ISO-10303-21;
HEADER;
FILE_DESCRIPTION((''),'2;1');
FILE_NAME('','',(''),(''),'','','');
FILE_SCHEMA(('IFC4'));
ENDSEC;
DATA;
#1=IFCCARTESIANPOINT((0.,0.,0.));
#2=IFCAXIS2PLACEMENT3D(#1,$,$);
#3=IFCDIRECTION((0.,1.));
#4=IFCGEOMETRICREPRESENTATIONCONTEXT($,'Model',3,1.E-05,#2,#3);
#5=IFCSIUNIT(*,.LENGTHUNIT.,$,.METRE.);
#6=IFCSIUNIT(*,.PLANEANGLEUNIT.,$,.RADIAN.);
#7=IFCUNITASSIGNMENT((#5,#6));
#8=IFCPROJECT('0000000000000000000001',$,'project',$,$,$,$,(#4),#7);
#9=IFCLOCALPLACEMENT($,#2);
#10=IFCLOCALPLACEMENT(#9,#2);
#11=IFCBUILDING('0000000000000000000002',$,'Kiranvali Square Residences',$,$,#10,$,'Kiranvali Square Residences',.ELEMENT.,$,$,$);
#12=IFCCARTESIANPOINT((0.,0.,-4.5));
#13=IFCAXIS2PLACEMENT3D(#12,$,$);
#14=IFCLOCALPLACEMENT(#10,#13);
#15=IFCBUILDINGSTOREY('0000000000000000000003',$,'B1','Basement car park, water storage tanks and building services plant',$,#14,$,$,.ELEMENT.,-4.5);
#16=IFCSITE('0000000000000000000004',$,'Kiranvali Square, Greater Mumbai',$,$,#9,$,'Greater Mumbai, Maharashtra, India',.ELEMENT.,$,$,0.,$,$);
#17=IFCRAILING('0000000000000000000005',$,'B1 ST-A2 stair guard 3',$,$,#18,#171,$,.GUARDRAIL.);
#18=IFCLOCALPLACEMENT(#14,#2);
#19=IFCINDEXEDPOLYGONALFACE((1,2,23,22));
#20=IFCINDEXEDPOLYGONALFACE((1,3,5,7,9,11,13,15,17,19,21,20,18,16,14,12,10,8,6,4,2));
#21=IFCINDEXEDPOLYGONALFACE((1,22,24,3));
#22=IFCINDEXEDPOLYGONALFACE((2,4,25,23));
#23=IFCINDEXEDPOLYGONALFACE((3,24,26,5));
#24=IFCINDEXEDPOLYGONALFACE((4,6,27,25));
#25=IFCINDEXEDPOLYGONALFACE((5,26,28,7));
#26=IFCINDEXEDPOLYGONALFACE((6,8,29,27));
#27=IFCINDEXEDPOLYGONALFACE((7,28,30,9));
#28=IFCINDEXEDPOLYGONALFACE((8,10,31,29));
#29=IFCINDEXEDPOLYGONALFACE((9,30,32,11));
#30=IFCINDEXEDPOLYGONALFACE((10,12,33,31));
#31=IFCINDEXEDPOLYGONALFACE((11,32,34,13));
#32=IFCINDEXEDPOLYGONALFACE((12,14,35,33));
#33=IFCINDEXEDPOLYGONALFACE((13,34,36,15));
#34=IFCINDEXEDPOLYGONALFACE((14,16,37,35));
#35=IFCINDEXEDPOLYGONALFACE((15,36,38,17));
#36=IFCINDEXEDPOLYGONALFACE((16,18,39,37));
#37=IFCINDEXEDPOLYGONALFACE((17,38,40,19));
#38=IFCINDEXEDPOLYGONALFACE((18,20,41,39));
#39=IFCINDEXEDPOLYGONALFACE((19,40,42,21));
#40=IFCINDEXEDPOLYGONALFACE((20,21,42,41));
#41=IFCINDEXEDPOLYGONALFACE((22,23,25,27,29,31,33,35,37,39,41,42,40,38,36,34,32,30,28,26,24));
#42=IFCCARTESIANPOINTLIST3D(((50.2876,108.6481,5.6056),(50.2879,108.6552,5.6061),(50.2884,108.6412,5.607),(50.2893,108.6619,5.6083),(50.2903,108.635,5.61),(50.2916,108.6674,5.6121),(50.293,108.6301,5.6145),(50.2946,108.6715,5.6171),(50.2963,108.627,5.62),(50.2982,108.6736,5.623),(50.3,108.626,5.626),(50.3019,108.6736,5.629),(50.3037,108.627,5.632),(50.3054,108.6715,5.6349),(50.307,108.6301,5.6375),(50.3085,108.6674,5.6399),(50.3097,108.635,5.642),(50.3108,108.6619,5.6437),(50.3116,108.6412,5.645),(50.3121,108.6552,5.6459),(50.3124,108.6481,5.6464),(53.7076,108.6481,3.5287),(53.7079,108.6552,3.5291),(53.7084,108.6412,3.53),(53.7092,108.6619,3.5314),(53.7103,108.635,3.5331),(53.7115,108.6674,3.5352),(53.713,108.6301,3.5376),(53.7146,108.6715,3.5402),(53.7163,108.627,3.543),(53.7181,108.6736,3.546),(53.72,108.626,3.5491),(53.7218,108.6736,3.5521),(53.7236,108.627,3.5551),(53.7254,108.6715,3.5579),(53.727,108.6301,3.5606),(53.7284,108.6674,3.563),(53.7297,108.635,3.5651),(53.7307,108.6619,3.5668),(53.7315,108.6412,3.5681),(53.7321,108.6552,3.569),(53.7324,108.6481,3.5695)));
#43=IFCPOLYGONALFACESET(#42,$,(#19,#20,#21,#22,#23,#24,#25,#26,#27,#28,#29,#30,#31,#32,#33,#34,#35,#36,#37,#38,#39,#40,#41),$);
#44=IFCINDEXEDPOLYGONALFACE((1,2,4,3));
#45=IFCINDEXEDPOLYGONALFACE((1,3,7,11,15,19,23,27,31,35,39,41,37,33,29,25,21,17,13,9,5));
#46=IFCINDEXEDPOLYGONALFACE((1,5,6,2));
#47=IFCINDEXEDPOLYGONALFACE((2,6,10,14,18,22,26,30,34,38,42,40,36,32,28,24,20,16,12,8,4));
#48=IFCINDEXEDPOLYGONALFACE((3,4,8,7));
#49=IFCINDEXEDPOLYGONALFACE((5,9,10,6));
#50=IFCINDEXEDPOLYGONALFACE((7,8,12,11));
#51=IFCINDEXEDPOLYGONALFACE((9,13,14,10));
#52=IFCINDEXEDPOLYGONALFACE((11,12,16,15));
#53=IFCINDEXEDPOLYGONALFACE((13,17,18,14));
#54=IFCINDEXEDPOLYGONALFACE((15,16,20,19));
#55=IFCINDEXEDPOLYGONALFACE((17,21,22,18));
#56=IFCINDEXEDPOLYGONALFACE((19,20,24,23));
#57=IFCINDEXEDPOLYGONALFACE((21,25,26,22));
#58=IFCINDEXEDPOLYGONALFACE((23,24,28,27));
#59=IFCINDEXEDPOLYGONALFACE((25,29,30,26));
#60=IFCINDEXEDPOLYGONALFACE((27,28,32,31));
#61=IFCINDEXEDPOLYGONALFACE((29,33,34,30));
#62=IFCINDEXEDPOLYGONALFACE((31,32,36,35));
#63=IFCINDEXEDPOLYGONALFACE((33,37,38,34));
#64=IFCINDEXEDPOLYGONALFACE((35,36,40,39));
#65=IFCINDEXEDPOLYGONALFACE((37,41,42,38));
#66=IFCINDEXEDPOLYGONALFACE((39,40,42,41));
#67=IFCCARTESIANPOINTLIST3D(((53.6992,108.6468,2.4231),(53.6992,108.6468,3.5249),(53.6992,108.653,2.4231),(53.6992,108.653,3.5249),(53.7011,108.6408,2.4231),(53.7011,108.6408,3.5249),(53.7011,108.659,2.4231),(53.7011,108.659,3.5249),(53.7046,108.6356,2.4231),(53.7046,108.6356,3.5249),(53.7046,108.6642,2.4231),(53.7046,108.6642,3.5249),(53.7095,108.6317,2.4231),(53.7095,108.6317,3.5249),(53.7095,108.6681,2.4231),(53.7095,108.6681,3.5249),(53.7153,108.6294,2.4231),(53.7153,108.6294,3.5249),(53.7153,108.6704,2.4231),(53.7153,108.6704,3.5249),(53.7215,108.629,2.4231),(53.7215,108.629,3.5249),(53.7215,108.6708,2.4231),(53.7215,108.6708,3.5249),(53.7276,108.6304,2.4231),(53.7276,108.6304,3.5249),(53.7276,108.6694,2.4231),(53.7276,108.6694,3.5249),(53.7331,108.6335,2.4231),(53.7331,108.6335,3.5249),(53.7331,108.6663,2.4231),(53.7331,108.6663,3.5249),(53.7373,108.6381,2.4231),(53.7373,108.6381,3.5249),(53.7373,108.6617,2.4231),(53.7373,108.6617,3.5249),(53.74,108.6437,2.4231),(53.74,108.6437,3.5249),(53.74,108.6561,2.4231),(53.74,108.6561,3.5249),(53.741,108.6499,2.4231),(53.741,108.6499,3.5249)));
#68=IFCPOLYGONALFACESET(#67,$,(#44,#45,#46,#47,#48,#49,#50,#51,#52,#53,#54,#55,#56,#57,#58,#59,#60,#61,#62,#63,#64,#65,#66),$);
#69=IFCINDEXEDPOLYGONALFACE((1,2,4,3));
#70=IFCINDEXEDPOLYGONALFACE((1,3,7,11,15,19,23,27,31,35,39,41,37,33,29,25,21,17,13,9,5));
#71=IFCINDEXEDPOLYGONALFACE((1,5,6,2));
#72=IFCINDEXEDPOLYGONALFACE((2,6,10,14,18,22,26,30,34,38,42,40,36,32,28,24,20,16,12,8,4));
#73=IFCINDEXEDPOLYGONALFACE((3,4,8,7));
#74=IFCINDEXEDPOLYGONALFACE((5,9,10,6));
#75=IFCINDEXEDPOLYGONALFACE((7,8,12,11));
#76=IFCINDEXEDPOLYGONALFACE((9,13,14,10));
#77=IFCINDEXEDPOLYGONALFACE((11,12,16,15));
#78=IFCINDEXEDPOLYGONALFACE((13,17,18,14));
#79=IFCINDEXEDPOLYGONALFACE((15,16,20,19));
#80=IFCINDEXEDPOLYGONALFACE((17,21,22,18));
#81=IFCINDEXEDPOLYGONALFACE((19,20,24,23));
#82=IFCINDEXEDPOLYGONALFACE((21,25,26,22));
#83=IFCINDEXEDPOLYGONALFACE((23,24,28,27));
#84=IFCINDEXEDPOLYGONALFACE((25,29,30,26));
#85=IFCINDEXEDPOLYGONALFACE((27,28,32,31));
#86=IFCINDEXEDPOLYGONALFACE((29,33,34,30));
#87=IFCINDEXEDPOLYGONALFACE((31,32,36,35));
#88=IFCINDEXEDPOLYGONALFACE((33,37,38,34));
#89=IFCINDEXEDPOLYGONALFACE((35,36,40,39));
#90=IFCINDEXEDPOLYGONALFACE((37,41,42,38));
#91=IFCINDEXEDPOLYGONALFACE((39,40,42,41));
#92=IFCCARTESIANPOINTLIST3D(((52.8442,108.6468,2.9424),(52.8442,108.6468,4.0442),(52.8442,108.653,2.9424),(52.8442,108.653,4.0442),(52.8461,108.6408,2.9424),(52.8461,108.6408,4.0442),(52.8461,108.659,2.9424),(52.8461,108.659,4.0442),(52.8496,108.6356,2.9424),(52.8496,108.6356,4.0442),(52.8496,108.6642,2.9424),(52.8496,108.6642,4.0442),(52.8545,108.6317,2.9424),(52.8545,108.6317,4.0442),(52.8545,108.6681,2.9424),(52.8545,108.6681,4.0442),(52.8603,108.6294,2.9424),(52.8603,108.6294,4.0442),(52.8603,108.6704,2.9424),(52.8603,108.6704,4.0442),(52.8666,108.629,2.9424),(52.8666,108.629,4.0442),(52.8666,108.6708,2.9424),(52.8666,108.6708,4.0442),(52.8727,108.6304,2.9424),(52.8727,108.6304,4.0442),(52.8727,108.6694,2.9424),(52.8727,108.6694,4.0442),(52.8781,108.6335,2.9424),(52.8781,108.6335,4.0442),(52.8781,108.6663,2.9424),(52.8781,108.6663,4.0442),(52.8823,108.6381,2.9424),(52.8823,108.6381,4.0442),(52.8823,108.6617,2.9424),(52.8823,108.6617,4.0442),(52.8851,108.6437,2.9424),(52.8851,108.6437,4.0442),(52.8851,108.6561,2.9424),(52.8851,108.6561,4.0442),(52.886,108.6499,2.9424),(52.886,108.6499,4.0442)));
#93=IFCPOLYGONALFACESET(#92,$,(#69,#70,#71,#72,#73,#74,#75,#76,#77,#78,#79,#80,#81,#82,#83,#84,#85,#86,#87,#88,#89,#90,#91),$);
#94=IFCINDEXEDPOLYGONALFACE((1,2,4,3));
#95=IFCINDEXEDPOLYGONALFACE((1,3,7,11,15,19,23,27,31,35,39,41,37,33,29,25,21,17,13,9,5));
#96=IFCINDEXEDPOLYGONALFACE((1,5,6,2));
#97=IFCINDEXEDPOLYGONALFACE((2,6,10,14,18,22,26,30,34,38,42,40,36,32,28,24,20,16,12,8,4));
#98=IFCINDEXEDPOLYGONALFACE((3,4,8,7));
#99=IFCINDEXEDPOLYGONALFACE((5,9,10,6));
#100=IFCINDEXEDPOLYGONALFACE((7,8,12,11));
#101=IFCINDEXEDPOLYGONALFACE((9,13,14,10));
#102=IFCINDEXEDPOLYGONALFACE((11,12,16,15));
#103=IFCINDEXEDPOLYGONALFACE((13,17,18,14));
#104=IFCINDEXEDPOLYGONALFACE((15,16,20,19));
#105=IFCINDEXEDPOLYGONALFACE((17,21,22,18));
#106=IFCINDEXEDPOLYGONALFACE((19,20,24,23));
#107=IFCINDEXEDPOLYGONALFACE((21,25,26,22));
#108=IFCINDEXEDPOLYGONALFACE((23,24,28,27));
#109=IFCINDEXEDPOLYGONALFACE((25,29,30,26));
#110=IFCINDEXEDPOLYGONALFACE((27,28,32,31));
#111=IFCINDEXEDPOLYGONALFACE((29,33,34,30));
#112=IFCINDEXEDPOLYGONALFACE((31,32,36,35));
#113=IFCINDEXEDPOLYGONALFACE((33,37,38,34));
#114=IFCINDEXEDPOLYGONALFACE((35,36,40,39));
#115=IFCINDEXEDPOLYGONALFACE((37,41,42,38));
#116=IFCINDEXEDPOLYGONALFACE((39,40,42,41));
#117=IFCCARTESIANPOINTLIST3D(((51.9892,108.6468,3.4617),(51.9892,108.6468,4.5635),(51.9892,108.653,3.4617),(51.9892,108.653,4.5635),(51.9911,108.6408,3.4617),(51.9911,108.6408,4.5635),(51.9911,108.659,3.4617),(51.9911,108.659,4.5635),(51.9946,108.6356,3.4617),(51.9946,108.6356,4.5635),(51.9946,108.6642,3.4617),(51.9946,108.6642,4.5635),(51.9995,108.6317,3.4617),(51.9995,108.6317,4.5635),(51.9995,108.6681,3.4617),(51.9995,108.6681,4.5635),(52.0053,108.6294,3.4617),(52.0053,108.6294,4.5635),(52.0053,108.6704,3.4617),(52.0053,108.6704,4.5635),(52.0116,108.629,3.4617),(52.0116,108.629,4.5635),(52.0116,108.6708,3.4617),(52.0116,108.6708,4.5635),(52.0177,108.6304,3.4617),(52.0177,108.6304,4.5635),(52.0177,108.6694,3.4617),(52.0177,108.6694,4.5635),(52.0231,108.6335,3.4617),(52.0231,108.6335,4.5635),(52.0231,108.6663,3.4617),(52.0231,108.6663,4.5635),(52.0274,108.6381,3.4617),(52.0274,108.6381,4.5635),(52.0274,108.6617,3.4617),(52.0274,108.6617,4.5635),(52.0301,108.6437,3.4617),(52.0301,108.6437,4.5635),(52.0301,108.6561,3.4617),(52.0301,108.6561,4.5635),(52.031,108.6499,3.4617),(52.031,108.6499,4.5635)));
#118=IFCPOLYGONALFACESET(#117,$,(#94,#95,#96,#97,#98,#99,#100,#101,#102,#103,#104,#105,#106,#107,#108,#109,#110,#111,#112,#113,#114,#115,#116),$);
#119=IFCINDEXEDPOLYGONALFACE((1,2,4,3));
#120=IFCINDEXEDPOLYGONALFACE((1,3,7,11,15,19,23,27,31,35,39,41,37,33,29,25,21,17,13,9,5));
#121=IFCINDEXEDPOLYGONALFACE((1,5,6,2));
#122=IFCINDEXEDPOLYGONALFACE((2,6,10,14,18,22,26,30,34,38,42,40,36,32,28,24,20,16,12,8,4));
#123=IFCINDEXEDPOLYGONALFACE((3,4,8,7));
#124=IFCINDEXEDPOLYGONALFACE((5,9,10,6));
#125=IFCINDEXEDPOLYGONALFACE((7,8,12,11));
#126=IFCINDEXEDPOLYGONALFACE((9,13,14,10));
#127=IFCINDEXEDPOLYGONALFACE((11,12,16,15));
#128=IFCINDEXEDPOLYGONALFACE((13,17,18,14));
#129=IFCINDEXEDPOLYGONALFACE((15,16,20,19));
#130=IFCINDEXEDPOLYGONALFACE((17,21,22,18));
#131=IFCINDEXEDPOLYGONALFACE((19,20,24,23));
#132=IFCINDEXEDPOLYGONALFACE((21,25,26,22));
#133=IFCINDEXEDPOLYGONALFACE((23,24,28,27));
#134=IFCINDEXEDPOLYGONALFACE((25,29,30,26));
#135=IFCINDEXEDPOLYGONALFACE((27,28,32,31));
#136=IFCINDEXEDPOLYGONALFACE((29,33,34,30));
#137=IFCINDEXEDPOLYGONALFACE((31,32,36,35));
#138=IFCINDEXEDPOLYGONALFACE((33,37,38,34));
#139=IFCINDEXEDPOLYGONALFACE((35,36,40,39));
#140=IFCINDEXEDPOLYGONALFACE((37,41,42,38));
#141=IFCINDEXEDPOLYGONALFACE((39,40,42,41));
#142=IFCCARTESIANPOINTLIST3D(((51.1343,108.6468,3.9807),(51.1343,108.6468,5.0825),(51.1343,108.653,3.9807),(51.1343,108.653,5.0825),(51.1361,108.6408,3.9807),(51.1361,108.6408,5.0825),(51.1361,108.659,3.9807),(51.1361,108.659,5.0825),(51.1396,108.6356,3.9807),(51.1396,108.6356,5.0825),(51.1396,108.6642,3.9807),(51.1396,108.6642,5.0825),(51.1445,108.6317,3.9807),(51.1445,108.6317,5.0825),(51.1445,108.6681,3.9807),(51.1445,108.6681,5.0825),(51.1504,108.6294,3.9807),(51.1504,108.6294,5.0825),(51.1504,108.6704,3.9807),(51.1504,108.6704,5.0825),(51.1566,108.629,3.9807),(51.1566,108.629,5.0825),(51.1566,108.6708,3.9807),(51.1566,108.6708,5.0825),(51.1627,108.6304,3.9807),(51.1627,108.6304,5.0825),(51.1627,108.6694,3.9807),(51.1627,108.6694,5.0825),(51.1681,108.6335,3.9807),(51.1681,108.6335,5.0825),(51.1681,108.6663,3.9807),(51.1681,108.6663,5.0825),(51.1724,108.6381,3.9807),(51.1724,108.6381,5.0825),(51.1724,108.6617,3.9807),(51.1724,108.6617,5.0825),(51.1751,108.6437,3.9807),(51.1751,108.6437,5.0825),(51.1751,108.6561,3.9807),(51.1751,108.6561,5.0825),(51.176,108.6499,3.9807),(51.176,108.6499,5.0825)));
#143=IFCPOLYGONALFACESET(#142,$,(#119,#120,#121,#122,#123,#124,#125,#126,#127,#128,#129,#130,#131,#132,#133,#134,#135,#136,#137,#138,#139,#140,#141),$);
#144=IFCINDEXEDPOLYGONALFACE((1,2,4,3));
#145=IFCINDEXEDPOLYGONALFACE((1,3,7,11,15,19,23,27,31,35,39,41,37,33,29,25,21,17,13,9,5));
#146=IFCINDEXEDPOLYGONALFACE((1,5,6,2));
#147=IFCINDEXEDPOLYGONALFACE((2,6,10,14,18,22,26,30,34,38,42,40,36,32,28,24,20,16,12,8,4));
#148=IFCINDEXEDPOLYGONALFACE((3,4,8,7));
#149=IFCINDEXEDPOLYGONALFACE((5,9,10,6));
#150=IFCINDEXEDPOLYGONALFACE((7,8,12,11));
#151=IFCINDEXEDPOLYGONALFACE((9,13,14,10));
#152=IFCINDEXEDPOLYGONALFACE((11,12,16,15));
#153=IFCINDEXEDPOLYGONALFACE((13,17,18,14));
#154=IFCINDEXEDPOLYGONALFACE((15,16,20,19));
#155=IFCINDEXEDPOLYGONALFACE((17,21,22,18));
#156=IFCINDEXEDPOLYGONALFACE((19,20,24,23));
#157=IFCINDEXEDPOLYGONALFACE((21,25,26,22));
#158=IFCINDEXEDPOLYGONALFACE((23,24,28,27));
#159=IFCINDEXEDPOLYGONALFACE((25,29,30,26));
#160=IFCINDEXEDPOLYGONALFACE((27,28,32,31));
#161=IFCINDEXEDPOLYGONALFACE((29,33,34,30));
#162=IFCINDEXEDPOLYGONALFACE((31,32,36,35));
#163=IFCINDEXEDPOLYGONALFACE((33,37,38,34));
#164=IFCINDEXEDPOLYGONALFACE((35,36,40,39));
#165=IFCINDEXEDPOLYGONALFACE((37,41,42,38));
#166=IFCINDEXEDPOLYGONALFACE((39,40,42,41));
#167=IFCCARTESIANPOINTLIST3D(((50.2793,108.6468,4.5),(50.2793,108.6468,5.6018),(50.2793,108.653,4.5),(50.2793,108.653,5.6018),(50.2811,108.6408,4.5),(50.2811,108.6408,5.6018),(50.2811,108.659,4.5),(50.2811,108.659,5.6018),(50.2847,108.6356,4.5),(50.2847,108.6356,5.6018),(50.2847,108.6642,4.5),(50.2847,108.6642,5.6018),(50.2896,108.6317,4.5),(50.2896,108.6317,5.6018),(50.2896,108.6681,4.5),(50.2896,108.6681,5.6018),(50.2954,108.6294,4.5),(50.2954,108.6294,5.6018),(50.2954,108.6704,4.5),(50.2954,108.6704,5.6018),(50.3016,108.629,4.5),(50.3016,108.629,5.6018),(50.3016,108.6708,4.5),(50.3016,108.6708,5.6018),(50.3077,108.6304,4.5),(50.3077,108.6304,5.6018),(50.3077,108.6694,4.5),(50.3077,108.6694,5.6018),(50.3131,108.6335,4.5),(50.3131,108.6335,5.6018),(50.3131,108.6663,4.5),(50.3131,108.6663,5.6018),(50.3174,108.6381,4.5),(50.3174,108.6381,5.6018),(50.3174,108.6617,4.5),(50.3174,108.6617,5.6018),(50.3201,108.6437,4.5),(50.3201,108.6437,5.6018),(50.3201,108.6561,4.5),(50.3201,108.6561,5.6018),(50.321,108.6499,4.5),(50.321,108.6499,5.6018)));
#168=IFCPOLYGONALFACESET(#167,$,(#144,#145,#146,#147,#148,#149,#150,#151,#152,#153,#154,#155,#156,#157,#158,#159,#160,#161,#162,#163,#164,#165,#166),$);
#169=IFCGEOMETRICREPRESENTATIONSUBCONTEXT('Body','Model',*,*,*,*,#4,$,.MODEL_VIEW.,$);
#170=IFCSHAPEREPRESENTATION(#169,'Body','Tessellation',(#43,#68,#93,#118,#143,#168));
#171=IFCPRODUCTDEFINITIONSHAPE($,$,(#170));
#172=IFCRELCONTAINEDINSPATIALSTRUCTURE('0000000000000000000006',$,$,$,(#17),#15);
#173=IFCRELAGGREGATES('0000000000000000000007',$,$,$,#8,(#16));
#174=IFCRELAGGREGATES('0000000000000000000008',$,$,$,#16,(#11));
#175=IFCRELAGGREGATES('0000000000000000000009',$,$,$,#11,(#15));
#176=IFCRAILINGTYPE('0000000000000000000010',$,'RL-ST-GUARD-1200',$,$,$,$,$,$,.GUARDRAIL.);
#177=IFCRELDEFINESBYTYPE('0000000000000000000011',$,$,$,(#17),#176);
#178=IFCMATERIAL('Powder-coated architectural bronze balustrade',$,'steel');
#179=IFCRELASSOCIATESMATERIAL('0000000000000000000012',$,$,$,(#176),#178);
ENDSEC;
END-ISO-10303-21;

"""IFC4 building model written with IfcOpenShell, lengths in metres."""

from ifc_helpers import new_model, si_unit, direction, frame, origin, origin_2d, place, context, subcontext, project, spatial, circle, extrude, material, type_object, element, save


model = new_model("IFC4")

# Units and contexts
model_context = context("Model", 3, precision=1e-05, world=origin(), true_north=direction((0.0, 1.0)))
body_context = subcontext(model_context, "Body", "Model", "MODEL_VIEW")
ifc_project = project(units=[si_unit("LENGTHUNIT", "METRE"), si_unit("PLANEANGLEUNIT", "RADIAN")], contexts=[model_context])

# Site, building, storey
site_placement = place(None, origin())
site = spatial("IfcSite", under=ifc_project, at=site_placement, Name="Kiranvali Square, Greater Mumbai", LongName="Greater Mumbai, Maharashtra, India", CompositionType="ELEMENT", RefElevation=0.0)
building_placement = place(site_placement, origin())
building = spatial("IfcBuilding", under=site, at=building_placement, Name="Kiranvali Square Residences", LongName="Kiranvali Square Residences", CompositionType="ELEMENT")
storey_placement = place(building_placement, frame((0.0, 0.0, -4.5)))
storey = spatial("IfcBuildingStorey", under=building, at=storey_placement, Name="B1", Description="Basement car park, water storage tanks and building services plant", CompositionType="ELEMENT", Elevation=-4.5)

# Railing
ifc_material_1 = material(Name="Powder-coated architectural bronze balustrade", Category="steel")
railing_type_1 = type_object("IfcRailingType", Name="RL-ST-GUARD-1200", PredefinedType="GUARDRAIL", material=ifc_material_1)
railing_1_placement = place(storey_placement, frame((53.72, 108.6499, 2.4231)))
element("IfcRailing", 1, at=railing_1_placement, inside=storey, type_object=railing_type_1, Name="B1 ST-A2 stair guard 3", PredefinedType="GUARDRAIL", context=body_context, shape_type="SweptSolid", body=[
    extrude(circle(Radius=0.0239, at=origin_2d()), frame((0.0, 0.0, 1.126), z_axis=(-0.85473, 0.0, 0.519074), x_axis=(0.0, -1.0, 0.0)), (0.0, 0.0, 1.0), 4.0012),
    extrude(circle(Radius=0.021, at=origin_2d()), origin(), (0.0, 0.0, 1.0), 1.1018),
    extrude(circle(Radius=0.021, at=origin_2d()), frame((-0.855, 0.0, 0.5193)), (0.0, 0.0, 1.0), 1.1018),
    extrude(circle(Radius=0.021, at=origin_2d()), frame((-1.71, 0.0, 1.0386)), (0.0, 0.0, 1.0), 1.1018),
    extrude(circle(Radius=0.021, at=origin_2d()), frame((-2.5649, 0.0, 1.5576)), (0.0, 0.0, 1.0), 1.1018),
    extrude(circle(Radius=0.021, at=origin_2d()), frame((-3.4199, 0.0, 2.0769)), (0.0, 0.0, 1.0), 1.1018),
])

save(model, "model.ifc")
